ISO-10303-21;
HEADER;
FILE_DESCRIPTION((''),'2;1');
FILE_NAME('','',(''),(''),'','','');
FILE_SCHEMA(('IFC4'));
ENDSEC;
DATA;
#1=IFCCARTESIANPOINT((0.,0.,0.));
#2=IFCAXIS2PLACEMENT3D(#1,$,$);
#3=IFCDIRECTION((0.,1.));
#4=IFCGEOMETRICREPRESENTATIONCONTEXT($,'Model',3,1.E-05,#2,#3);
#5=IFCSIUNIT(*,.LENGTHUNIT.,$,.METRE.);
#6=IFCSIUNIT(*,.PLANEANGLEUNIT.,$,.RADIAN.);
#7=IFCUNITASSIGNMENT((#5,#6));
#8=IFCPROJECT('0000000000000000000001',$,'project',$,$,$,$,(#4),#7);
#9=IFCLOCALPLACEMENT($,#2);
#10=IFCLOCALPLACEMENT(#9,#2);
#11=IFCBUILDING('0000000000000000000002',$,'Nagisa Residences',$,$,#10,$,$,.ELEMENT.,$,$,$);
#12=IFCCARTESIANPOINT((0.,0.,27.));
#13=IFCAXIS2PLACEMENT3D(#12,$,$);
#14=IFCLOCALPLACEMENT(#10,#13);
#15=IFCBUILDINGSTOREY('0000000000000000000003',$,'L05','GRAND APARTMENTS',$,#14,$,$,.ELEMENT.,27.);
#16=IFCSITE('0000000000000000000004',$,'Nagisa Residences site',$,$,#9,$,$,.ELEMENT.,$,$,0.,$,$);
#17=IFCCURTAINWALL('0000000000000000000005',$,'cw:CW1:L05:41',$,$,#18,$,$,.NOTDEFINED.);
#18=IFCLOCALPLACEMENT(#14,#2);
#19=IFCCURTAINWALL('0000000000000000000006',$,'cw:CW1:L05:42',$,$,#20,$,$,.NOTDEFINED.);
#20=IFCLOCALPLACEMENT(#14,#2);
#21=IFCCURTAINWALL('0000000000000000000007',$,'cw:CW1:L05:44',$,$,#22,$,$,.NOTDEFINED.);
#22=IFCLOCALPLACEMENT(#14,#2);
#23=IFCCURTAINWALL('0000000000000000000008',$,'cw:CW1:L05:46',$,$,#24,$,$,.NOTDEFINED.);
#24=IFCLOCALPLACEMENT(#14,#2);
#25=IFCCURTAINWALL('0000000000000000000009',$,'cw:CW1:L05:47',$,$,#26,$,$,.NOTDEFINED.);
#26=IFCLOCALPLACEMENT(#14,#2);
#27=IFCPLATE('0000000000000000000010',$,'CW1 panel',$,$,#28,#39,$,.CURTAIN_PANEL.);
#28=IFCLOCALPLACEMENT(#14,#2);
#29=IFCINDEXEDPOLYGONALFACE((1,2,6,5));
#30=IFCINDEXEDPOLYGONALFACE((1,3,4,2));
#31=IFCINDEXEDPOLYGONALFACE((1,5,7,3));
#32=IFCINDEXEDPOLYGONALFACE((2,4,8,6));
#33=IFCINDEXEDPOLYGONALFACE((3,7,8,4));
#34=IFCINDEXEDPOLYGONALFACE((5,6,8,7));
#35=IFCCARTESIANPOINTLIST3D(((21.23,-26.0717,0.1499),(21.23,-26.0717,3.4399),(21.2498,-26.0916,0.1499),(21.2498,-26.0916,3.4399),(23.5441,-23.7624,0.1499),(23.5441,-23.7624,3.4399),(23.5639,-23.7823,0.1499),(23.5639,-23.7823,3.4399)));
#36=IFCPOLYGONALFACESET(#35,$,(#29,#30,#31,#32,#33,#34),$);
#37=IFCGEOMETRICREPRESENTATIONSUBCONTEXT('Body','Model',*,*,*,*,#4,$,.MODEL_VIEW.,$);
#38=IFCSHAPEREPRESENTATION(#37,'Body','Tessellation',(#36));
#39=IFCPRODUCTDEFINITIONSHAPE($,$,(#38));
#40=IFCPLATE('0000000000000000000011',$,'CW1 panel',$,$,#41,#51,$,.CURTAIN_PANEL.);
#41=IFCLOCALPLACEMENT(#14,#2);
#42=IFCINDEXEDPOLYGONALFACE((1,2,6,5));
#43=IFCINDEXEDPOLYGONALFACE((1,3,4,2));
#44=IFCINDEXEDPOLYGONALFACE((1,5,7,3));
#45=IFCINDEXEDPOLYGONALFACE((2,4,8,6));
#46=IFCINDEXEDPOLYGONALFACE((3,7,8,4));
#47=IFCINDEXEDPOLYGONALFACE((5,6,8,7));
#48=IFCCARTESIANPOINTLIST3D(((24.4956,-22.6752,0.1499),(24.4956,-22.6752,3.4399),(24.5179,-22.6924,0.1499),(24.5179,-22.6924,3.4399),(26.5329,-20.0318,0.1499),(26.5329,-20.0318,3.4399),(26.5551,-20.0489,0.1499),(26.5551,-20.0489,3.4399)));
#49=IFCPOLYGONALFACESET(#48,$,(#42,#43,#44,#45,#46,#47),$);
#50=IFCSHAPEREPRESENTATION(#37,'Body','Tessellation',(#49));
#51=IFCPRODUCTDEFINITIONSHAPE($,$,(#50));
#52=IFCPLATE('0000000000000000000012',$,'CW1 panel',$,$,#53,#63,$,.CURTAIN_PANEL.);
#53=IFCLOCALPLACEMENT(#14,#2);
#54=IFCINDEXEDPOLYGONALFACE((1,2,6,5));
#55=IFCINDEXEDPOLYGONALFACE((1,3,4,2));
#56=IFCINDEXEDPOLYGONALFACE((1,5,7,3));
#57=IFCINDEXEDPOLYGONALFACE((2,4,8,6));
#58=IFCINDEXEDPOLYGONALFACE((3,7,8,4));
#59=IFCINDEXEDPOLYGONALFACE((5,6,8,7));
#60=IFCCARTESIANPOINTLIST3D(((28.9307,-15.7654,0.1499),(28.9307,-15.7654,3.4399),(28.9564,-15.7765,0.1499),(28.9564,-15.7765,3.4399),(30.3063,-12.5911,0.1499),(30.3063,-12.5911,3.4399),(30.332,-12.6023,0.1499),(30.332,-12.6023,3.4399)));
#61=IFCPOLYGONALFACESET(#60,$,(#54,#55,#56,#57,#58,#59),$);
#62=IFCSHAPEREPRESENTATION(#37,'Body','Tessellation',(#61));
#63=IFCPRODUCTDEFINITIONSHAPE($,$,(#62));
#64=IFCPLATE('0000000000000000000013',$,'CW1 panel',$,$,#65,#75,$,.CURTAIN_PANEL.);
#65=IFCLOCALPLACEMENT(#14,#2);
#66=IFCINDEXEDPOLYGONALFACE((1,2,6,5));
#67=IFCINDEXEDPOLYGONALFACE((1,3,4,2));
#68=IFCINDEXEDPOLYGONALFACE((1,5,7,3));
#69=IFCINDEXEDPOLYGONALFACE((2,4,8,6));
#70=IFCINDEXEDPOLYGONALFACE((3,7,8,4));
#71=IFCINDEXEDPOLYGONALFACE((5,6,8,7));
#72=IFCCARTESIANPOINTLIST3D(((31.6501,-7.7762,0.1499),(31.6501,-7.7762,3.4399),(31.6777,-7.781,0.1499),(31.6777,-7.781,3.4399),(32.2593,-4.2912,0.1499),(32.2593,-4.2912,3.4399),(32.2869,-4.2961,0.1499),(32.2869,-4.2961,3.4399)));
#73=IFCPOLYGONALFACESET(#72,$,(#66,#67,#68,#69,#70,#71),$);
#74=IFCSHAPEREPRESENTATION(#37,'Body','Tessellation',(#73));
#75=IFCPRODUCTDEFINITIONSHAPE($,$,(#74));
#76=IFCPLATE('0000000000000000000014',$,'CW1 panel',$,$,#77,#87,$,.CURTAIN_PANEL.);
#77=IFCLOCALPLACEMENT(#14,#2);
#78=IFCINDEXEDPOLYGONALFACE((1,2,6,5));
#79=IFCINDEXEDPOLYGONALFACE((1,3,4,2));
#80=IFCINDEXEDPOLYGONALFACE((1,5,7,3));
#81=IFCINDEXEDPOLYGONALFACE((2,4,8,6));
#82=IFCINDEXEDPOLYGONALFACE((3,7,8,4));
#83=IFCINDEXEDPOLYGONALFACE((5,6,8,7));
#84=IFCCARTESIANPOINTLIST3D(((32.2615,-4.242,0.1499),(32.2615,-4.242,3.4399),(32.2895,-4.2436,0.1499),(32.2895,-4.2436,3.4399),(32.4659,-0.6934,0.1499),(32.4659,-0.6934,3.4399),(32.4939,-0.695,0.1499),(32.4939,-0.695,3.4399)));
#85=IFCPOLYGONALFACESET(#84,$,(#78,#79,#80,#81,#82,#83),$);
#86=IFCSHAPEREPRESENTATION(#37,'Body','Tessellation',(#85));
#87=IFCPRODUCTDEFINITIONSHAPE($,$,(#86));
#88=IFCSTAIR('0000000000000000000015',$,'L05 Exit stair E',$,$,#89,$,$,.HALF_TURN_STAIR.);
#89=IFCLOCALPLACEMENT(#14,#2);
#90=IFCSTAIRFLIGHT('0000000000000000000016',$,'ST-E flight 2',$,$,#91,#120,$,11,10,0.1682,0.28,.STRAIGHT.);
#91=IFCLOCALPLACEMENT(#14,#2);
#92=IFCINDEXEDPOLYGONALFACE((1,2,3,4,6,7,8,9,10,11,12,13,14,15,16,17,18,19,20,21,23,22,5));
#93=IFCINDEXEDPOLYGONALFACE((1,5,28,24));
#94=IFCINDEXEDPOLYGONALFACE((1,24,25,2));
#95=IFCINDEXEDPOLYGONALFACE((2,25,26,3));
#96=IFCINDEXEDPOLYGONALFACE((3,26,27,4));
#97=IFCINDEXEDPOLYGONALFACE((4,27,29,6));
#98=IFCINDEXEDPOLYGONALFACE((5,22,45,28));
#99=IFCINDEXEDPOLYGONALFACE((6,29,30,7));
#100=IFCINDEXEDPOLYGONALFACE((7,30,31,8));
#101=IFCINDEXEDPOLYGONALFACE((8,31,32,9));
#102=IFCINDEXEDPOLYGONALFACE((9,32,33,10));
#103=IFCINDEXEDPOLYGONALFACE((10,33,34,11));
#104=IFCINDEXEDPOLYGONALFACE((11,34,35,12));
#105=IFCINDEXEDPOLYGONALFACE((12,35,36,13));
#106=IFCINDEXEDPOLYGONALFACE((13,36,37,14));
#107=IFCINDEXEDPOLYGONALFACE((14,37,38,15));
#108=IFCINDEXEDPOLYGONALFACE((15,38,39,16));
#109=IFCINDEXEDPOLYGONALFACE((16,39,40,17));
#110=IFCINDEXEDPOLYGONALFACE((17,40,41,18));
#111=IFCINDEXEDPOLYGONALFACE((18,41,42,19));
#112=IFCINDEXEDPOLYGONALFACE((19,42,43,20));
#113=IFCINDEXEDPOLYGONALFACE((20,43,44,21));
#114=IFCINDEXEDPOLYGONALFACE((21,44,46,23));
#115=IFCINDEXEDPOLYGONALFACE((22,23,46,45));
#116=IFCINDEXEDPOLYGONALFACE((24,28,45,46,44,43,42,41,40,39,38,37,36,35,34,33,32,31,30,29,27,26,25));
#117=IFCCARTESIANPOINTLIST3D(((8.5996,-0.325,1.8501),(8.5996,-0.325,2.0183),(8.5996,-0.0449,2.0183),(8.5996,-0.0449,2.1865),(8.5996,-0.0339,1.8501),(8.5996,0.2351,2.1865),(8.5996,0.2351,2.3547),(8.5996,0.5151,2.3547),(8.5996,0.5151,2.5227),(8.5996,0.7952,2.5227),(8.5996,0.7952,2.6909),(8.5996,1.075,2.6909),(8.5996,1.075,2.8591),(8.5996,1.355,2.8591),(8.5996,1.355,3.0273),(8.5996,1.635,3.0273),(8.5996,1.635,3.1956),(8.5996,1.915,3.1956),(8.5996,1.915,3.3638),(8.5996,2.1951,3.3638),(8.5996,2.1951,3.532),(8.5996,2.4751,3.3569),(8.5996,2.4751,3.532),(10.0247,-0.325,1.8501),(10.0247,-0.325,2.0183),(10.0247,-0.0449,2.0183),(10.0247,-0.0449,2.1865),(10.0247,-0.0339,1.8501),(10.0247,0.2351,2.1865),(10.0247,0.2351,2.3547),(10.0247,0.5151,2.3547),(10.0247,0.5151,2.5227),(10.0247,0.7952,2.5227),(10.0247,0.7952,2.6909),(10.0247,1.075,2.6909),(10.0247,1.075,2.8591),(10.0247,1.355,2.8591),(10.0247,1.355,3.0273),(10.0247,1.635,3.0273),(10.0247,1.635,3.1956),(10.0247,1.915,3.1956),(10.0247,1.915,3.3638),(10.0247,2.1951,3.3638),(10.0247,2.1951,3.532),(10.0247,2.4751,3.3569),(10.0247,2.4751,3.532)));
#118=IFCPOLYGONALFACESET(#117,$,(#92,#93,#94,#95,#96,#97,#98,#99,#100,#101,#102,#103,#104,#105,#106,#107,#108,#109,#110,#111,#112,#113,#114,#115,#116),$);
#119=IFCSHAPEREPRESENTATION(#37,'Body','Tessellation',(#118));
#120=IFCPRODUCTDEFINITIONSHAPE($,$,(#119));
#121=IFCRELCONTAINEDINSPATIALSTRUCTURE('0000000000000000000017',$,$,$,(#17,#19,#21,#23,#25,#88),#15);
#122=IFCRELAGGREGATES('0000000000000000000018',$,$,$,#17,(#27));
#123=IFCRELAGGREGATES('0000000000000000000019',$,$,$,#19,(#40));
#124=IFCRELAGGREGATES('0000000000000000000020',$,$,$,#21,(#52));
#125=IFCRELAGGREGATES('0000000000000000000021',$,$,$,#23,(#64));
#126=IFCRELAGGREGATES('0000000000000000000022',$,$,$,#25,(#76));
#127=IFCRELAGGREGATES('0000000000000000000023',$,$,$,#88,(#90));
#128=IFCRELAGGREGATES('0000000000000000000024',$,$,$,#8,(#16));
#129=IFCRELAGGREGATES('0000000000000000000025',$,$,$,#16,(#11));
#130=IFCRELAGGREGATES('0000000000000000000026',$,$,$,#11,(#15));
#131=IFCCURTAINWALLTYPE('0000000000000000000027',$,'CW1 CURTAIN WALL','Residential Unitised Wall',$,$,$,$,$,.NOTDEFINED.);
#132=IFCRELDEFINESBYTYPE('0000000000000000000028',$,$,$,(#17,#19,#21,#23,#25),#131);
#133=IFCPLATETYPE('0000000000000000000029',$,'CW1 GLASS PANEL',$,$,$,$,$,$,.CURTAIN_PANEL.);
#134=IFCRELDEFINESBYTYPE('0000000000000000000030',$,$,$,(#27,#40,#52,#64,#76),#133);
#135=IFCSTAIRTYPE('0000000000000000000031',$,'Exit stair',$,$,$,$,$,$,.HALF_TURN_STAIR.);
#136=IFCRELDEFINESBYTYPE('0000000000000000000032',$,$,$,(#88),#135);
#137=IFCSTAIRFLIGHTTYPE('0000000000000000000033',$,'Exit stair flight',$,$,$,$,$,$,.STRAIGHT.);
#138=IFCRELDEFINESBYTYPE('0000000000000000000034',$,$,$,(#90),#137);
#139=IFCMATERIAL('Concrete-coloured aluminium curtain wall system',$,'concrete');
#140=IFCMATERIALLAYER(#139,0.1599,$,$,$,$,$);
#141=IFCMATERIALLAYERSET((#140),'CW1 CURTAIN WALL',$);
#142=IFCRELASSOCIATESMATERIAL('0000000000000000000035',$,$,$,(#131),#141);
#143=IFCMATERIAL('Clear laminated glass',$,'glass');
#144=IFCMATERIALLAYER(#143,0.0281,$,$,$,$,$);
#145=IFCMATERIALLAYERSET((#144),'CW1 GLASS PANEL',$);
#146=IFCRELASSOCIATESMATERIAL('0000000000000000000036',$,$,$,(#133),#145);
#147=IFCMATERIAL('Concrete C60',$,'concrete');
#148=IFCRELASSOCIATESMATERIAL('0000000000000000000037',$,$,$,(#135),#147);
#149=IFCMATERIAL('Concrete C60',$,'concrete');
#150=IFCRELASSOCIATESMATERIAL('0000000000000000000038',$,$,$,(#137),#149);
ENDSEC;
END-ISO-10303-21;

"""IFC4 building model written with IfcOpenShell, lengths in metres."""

from ifc_helpers import new_model, si_unit, direction, frame, origin, origin_2d, place, context, subcontext, project, spatial, polyline, rectangle, outline, extrude, material, layer, layer_set, type_object, element, aggregate, save


model = new_model("IFC4")

# Units and contexts
model_context = context("Model", 3, precision=1e-05, world=origin(), true_north=direction((0.0, 1.0)))
body_context = subcontext(model_context, "Body", "Model", "MODEL_VIEW")
ifc_project = project(units=[si_unit("LENGTHUNIT", "METRE"), si_unit("PLANEANGLEUNIT", "RADIAN")], contexts=[model_context])

# Site, building, storey
site_placement = place(None, origin())
site = spatial("IfcSite", under=ifc_project, at=site_placement, Name="Nagisa Residences site", CompositionType="ELEMENT", RefElevation=0.0)
building_placement = place(site_placement, origin())
building = spatial("IfcBuilding", under=site, at=building_placement, Name="Nagisa Residences", CompositionType="ELEMENT")
storey_placement = place(building_placement, frame((0.0, 0.0, 27.0)))
storey = spatial("IfcBuildingStorey", under=building, at=storey_placement, Name="L05", Description="GRAND APARTMENTS", CompositionType="ELEMENT", Elevation=27.0)

# Curtain walls
ifc_material_1 = material(Name="Concrete-coloured aluminium curtain wall system", Category="concrete")
ifc_layer_1 = layer(ifc_material_1, 0.1599)
ifc_layer_set_1 = layer_set([ifc_layer_1], Name="CW1 CURTAIN WALL")
curtain_wall_type = type_object("IfcCurtainWallType", Name="CW1 CURTAIN WALL", Description="Residential Unitised Wall", PredefinedType="NOTDEFINED", material=ifc_layer_set_1)
curtain_wall_1_placement = place(storey_placement, origin())
curtain_wall_1 = element("IfcCurtainWall", 1, at=curtain_wall_1_placement, inside=storey, type_object=curtain_wall_type, Name="cw:CW1:L05:41", PredefinedType="NOTDEFINED")
curtain_wall_2_placement = place(storey_placement, origin())
curtain_wall_2 = element("IfcCurtainWall", 2, at=curtain_wall_2_placement, inside=storey, type_object=curtain_wall_type, Name="cw:CW1:L05:42", PredefinedType="NOTDEFINED")
curtain_wall_3_placement = place(storey_placement, origin())
curtain_wall_3 = element("IfcCurtainWall", 3, at=curtain_wall_3_placement, inside=storey, type_object=curtain_wall_type, Name="cw:CW1:L05:44", PredefinedType="NOTDEFINED")
curtain_wall_4_placement = place(storey_placement, origin())
curtain_wall_4 = element("IfcCurtainWall", 4, at=curtain_wall_4_placement, inside=storey, type_object=curtain_wall_type, Name="cw:CW1:L05:46", PredefinedType="NOTDEFINED")
curtain_wall_5_placement = place(storey_placement, origin())
curtain_wall_5 = element("IfcCurtainWall", 5, at=curtain_wall_5_placement, inside=storey, type_object=curtain_wall_type, Name="cw:CW1:L05:47", PredefinedType="NOTDEFINED")

# Shared definitions
ifc_material_2 = material(Name="Clear laminated glass", Category="glass")
ifc_layer_2 = layer(ifc_material_2, 0.0281)
ifc_layer_set_2 = layer_set([ifc_layer_2], Name="CW1 GLASS PANEL")
plate_type = type_object("IfcPlateType", Name="CW1 GLASS PANEL", PredefinedType="CURTAIN_PANEL", material=ifc_layer_set_2)

# Plates
plate_1_placement = place(storey_placement, frame((22.397, -24.927, 0.1499), z_axis=(0.0, 0.0, 1.0), x_axis=(0.707836, 0.706377, 0.0)))
plate_1 = element("IfcPlate", 6, at=plate_1_placement, type_object=plate_type, Name="CW1 panel", PredefinedType="CURTAIN_PANEL", context=body_context, shape_type="SweptSolid", body=[
    extrude(rectangle(XDim=3.2693, YDim=0.0281, at=origin_2d()), origin(), (0.0, 0.0, 1.0), 3.29),
])
aggregate(curtain_wall_1, [plate_1])
plate_2_placement = place(storey_placement, frame((25.5254, -21.3621, 0.1499), z_axis=(0.0, 0.0, 1.0), x_axis=(0.61043, 0.79207, 0.0)))
plate_2 = element("IfcPlate", 7, at=plate_2_placement, type_object=plate_type, Name="CW1 panel", PredefinedType="CURTAIN_PANEL", context=body_context, shape_type="SweptSolid", body=[
    extrude(rectangle(XDim=3.3374, YDim=0.0281, at=origin_2d()), origin(), (0.0, 0.0, 1.0), 3.29),
])
aggregate(curtain_wall_2, [plate_2])
plate_3_placement = place(storey_placement, frame((29.6313, -14.1838, 0.1499), z_axis=(0.0, 0.0, 1.0), x_axis=(0.397636, 0.917543, 0.0)))
plate_3 = element("IfcPlate", 8, at=plate_3_placement, type_object=plate_type, Name="CW1 panel", PredefinedType="CURTAIN_PANEL", context=body_context, shape_type="SweptSolid", body=[
    extrude(rectangle(XDim=3.4595, YDim=0.0281, at=origin_2d()), origin(), (0.0, 0.0, 1.0), 3.29),
])
aggregate(curtain_wall_3, [plate_3])
plate_4_placement = place(storey_placement, frame((31.9685, -6.0361, 0.1499), z_axis=(0.0, 0.0, 1.0), x_axis=(0.172191, 0.985064, 0.0)))
plate_4 = element("IfcPlate", 9, at=plate_4_placement, type_object=plate_type, Name="CW1 panel", PredefinedType="CURTAIN_PANEL", context=body_context, shape_type="SweptSolid", body=[
    extrude(rectangle(XDim=3.5378, YDim=0.0281, at=origin_2d()), origin(), (0.0, 0.0, 1.0), 3.29),
])
aggregate(curtain_wall_4, [plate_4])
plate_5_placement = place(storey_placement, frame((32.3777, -2.4685, 0.1499), z_axis=(0.0, 0.0, 1.0), x_axis=(0.057503, 0.998345, 0.0)))
plate_5 = element("IfcPlate", 10, at=plate_5_placement, type_object=plate_type, Name="CW1 panel", PredefinedType="CURTAIN_PANEL", context=body_context, shape_type="SweptSolid", body=[
    extrude(rectangle(XDim=3.5544, YDim=0.0281, at=origin_2d()), origin(), (0.0, 0.0, 1.0), 3.29),
])
aggregate(curtain_wall_5, [plate_5])

# Stair, stair flight
ifc_material_3 = material(Name="Concrete C60", Category="concrete")
stair_type = type_object("IfcStairType", Name="Exit stair", PredefinedType="HALF_TURN_STAIR", material=ifc_material_3)
stair_placement = place(storey_placement, origin())
stair = element("IfcStair", 11, at=stair_placement, inside=storey, type_object=stair_type, Name="L05 Exit stair E", PredefinedType="HALF_TURN_STAIR")
ifc_material_4 = material(Name="Concrete C60", Category="concrete")
stair_flight_type = type_object("IfcStairFlightType", Name="Exit stair flight", PredefinedType="STRAIGHT", material=ifc_material_4)
stair_flight_placement = place(storey_placement, frame((9.312, -0.325, 1.8501), z_axis=(0.0, 0.0, 1.0), x_axis=(0.0, 1.0, 0.0)))
stair_flight = element("IfcStairFlight", 12, at=stair_flight_placement, type_object=stair_flight_type, Name="ST-E flight 2", NumberOfRisers=11, NumberOfTreads=10, PredefinedType="STRAIGHT", RiserHeight=0.1682, TreadLength=0.28, context=body_context, shape_type="SweptSolid", body=[
    extrude(outline(polyline([(0.0, 0.0), (0.0, 0.1682), (0.28, 0.1682), (0.28, 0.3364), (0.5601, 0.3364), (0.5601, 0.5046), (0.8401, 0.5046), (0.8401, 0.6726), (1.1201, 0.6726), (1.1201, 0.8408), (1.3999, 0.8408), (1.3999, 1.009), (1.6799, 1.009), (1.6799, 1.1772), (1.96, 1.1772), (1.96, 1.3455), (2.24, 1.3455), (2.24, 1.5137), (2.52, 1.5137), (2.52, 1.6819), (2.8, 1.6819), (2.8, 1.8501), (2.8, 1.5068), (0.291, 0.0), (0.0, 0.0)])), frame((0.0, 0.7124, 0.0), z_axis=(0.0, -1.0, 0.0), x_axis=(1.0, 0.0, 0.0)), (0.0, 0.0, 1.0), 1.425),
])
aggregate(stair, [stair_flight])

save(model, "model.ifc")
